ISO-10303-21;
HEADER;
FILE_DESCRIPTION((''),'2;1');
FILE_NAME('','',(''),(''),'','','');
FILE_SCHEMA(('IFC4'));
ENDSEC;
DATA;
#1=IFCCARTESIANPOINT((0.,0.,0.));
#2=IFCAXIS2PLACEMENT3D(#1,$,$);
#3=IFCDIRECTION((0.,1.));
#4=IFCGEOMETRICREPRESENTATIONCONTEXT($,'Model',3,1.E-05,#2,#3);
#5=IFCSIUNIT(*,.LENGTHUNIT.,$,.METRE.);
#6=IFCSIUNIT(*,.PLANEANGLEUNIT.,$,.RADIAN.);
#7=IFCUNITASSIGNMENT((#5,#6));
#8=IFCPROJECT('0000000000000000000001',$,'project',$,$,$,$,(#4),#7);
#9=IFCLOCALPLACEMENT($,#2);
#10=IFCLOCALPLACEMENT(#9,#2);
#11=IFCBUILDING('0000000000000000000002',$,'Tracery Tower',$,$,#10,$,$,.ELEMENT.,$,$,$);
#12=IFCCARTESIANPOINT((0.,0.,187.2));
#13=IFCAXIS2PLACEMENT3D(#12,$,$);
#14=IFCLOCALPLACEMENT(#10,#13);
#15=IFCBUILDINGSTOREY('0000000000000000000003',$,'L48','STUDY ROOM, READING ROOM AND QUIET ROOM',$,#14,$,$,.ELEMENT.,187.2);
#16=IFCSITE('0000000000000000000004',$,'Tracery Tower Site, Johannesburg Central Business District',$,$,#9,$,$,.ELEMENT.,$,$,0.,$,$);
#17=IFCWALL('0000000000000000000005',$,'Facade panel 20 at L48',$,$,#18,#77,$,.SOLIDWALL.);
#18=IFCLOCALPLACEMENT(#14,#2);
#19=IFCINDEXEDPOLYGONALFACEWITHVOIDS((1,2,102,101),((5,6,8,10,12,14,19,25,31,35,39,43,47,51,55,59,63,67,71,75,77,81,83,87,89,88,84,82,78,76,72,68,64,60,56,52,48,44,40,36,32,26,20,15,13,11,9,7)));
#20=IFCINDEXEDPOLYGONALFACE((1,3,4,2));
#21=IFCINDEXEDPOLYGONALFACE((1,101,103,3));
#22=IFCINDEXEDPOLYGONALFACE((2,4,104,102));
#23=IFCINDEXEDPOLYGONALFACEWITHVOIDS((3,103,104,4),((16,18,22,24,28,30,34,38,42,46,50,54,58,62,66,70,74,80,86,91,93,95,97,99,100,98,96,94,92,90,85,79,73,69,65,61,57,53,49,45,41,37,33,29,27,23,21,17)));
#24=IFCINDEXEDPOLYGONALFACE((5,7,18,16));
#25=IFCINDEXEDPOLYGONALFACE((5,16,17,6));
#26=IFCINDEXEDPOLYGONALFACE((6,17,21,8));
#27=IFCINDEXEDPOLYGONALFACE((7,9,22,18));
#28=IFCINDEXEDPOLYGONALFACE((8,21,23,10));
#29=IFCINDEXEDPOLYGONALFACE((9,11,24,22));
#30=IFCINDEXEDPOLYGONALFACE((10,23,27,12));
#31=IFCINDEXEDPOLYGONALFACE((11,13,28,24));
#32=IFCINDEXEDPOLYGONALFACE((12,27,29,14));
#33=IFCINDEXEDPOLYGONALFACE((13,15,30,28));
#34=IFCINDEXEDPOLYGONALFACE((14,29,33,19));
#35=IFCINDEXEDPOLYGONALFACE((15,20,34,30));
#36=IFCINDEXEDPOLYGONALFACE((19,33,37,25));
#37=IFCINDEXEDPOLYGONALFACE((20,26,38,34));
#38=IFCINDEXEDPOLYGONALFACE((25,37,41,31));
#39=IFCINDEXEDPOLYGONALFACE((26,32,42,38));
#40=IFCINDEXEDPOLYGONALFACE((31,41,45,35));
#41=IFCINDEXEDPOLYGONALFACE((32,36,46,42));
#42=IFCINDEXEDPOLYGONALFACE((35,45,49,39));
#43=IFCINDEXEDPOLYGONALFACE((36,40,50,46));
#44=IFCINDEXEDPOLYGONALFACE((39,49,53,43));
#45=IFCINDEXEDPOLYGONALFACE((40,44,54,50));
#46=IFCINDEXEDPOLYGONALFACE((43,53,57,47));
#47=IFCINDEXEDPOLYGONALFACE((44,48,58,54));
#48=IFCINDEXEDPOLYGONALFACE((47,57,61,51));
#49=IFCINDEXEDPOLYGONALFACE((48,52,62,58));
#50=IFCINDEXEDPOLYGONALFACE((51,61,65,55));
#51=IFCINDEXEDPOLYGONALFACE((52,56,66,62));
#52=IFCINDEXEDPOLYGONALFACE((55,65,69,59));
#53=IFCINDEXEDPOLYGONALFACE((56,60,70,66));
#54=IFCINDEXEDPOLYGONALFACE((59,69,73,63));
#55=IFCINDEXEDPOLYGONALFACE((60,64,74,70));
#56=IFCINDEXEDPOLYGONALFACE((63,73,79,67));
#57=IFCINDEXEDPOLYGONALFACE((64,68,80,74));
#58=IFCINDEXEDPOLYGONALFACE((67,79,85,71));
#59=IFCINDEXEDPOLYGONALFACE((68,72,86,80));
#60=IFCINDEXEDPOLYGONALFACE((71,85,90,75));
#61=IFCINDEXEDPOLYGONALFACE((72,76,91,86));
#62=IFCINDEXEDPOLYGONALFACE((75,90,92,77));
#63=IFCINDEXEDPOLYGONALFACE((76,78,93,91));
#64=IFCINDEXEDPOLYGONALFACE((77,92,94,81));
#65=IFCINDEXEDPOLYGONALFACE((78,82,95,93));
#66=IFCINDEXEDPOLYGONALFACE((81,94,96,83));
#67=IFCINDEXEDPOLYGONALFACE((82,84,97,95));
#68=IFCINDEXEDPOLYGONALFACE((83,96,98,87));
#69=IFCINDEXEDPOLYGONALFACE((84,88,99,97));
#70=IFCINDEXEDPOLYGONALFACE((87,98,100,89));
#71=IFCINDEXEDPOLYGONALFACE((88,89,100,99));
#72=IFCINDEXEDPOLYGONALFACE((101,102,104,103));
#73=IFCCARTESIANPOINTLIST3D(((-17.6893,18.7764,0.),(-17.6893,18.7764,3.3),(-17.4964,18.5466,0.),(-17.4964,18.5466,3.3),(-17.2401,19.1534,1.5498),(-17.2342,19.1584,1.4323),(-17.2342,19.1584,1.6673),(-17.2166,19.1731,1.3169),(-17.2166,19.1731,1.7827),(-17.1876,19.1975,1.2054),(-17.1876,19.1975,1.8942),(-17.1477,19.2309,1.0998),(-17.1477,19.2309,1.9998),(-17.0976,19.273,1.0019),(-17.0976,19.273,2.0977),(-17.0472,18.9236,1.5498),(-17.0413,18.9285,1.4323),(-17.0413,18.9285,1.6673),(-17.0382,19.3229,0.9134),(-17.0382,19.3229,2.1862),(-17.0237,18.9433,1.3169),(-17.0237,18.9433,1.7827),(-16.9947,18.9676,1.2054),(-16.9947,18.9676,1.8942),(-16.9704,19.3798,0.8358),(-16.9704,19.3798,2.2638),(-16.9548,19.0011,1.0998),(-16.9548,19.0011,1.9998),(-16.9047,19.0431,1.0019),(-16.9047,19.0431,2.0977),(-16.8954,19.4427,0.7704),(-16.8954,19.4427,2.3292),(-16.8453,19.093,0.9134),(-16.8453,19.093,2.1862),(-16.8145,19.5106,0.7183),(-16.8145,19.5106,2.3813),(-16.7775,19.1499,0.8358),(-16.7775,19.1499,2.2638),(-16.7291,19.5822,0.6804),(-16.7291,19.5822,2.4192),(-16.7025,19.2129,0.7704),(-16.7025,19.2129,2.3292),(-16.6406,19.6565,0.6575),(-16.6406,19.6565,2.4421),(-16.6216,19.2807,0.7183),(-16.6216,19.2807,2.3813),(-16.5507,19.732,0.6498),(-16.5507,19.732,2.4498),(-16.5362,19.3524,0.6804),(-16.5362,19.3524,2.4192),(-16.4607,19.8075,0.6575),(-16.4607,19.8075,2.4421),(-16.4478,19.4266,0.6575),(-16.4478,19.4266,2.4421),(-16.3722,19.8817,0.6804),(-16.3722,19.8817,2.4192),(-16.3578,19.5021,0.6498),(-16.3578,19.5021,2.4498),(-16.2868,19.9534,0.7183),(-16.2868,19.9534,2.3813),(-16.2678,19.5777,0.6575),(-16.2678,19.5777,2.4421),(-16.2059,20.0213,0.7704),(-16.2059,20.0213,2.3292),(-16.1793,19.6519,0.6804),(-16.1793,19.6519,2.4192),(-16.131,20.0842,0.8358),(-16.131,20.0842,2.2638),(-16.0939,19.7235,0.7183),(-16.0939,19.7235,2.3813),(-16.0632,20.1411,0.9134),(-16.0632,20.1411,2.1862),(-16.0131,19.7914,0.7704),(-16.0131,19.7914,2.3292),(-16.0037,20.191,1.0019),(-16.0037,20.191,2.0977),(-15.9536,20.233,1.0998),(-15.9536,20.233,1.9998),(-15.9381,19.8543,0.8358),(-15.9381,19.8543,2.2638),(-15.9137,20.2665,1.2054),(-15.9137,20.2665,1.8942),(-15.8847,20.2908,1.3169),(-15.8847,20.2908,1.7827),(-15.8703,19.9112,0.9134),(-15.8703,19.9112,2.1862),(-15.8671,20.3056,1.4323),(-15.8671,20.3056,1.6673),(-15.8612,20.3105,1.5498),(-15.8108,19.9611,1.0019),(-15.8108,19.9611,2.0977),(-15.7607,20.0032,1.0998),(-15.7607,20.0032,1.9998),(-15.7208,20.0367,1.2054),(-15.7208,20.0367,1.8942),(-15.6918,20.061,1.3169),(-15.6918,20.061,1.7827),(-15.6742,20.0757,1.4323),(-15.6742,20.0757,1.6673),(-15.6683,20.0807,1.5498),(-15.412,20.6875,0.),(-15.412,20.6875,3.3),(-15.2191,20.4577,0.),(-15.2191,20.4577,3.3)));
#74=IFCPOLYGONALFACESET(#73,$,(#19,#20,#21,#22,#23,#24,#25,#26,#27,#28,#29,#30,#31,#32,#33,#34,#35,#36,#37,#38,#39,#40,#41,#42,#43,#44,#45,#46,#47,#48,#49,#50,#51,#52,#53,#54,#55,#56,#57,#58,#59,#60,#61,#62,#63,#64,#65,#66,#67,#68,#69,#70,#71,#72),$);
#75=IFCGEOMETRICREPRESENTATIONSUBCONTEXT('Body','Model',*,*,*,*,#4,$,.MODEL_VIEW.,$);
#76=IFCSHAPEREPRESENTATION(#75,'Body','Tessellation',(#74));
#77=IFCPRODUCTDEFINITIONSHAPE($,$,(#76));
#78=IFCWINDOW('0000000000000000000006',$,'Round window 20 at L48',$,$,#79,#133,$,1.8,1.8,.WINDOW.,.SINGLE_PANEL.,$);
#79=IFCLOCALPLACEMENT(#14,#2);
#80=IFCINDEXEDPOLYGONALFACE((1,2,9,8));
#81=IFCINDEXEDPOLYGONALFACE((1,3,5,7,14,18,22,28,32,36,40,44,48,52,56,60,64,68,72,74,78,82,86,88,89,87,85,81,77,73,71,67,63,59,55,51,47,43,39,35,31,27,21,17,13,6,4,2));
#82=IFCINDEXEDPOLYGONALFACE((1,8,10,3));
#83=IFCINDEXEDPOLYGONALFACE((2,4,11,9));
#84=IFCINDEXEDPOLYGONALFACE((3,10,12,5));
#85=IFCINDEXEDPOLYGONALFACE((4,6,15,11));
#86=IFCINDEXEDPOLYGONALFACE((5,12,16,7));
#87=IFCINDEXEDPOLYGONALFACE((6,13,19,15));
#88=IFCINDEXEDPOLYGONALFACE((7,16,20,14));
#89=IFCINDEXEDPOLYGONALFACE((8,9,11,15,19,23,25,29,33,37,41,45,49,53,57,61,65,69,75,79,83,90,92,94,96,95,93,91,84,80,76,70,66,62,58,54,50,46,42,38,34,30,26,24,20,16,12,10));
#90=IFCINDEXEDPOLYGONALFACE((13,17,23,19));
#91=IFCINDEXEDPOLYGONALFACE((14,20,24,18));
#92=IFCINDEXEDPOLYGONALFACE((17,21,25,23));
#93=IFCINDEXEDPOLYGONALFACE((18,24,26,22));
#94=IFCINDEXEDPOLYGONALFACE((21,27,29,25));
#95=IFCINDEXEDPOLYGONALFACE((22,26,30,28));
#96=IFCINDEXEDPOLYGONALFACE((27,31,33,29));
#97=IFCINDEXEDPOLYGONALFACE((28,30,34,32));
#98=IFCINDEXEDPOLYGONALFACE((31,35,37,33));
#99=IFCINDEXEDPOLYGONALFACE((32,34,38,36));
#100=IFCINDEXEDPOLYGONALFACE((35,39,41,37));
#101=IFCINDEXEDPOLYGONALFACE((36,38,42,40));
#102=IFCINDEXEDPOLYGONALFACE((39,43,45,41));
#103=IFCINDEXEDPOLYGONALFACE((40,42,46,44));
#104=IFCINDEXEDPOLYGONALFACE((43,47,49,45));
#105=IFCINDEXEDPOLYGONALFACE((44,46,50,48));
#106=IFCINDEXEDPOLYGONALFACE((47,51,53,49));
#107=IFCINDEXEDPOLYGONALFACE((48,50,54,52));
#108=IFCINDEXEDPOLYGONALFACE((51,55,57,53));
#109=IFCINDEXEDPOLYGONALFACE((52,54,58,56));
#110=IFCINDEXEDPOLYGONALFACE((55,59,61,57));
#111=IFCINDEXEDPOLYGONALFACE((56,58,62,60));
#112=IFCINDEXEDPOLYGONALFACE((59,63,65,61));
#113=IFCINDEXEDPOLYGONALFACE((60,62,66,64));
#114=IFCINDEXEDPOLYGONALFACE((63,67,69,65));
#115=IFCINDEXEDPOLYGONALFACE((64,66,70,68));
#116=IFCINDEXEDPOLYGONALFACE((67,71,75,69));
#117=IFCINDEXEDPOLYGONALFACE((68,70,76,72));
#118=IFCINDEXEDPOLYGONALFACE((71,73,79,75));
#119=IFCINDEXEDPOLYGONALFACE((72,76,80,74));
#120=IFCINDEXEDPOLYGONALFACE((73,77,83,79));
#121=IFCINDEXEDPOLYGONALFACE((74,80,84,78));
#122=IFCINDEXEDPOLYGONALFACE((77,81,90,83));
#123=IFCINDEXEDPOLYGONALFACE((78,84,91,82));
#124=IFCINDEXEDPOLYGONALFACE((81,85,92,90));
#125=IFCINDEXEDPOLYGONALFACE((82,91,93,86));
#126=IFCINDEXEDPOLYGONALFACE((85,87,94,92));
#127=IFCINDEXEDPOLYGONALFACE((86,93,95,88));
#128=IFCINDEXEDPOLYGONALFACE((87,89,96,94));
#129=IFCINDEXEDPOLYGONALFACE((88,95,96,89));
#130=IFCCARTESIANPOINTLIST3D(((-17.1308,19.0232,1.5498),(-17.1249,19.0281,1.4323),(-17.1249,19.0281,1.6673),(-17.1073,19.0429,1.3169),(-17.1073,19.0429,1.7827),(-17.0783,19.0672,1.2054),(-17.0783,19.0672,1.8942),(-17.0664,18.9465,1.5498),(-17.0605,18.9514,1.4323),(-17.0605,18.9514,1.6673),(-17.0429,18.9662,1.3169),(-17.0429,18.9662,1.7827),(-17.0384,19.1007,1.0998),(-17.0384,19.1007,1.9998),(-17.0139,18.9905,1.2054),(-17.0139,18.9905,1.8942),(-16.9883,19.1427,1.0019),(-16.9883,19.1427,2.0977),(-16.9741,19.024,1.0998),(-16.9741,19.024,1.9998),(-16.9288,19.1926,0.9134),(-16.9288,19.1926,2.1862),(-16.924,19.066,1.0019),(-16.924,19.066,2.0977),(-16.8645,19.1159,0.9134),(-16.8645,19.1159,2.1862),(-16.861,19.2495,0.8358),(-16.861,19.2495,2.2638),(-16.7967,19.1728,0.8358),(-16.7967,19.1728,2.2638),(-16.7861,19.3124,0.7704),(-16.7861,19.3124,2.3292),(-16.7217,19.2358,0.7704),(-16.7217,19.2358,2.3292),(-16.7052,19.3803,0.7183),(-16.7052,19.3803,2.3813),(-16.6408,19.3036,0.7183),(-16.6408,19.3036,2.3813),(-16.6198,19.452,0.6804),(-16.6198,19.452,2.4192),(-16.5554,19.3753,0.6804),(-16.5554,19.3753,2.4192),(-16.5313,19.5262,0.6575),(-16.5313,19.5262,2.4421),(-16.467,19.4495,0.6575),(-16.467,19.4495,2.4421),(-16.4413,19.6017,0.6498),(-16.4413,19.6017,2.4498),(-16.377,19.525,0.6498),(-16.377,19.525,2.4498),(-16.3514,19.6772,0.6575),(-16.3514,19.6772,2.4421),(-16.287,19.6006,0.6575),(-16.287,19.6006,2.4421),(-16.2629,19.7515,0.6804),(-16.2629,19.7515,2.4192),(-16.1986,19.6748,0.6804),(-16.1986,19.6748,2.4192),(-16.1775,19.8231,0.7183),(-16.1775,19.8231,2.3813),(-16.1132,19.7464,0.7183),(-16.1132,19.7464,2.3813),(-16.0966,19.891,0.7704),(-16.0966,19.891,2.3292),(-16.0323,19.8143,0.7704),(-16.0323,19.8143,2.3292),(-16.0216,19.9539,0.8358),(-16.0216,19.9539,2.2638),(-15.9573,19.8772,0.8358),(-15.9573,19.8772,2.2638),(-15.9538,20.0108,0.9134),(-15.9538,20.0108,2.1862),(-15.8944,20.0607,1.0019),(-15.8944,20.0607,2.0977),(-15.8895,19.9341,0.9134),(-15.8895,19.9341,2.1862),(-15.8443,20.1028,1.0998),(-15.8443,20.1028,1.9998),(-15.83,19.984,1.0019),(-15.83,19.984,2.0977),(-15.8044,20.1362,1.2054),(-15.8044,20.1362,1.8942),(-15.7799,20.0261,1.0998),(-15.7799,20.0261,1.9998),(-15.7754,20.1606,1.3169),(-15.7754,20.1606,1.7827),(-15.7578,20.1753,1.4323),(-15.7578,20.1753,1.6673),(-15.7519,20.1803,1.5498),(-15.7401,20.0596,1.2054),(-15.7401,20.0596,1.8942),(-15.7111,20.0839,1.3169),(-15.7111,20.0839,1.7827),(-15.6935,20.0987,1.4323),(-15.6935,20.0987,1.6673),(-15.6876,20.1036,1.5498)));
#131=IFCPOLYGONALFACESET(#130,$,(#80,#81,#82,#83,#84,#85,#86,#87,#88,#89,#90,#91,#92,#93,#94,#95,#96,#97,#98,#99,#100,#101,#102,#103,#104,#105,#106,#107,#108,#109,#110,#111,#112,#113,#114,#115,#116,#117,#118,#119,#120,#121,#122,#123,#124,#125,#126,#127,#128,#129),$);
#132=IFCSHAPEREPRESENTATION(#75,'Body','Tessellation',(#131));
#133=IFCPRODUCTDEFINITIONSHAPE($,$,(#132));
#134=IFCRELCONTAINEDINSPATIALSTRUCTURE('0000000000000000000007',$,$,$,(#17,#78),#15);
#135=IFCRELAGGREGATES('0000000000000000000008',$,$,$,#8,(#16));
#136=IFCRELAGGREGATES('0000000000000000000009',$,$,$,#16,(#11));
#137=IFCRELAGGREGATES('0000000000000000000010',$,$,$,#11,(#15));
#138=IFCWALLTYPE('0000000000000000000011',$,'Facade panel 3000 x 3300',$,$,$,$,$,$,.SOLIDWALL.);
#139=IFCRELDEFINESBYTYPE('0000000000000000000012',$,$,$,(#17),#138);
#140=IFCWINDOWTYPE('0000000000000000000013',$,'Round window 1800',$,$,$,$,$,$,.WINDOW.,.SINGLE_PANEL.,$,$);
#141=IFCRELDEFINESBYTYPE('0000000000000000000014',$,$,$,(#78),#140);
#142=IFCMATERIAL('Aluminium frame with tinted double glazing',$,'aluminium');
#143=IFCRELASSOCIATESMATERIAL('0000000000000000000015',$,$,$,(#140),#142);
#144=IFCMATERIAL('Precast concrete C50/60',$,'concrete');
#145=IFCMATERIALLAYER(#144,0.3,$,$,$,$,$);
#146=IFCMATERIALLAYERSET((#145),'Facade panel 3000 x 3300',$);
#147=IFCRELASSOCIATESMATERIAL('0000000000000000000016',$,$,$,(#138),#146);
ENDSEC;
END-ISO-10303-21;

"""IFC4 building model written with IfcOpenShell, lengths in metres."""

from ifc_helpers import new_model, si_unit, direction, frame, frame_2d, origin, origin_2d, place, context, subcontext, project, spatial, rectangle, circle, extrude, material, layer, layer_set, type_object, element, fill, save


model = new_model("IFC4")

# Units and contexts
model_context = context("Model", 3, precision=1e-05, world=origin(), true_north=direction((0.0, 1.0)))
body_context = subcontext(model_context, "Body", "Model", "MODEL_VIEW")
ifc_project = project(units=[si_unit("LENGTHUNIT", "METRE"), si_unit("PLANEANGLEUNIT", "RADIAN")], contexts=[model_context])

# Site, building, storey
site_placement = place(None, origin())
site = spatial("IfcSite", under=ifc_project, at=site_placement, Name="Tracery Tower Site, Johannesburg Central Business District", CompositionType="ELEMENT", RefElevation=0.0)
building_placement = place(site_placement, origin())
building = spatial("IfcBuilding", under=site, at=building_placement, Name="Tracery Tower", CompositionType="ELEMENT")
storey_placement = place(building_placement, frame((0.0, 0.0, 187.2)))
storey = spatial("IfcBuildingStorey", under=building, at=storey_placement, Name="L48", Description="STUDY ROOM, READING ROOM AND QUIET ROOM", CompositionType="ELEMENT", Elevation=187.2)

# Wall, opening, window
ifc_material_1 = material(Name="Aluminium frame with tinted double glazing", Category="aluminium")
window_type = type_object("IfcWindowType", Name="Round window 1800", PartitioningType="SINGLE_PANEL", PredefinedType="WINDOW", material=ifc_material_1)
ifc_material_2 = material(Name="Precast concrete C50/60", Category="concrete")
ifc_layer_1 = layer(ifc_material_2, 0.3)
ifc_layer_set_1 = layer_set([ifc_layer_1], Name="Facade panel 3000 x 3300")
wall_type_1 = type_object("IfcWallType", Name="Facade panel 3000 x 3300", PredefinedType="SOLIDWALL", material=ifc_layer_set_1)
wall_1_placement = place(storey_placement, frame((-15.3157, 20.5725, 0.0), z_axis=(0.0, 0.0, 1.0), x_axis=(-0.766009, -0.64283, 0.0)))
wall_1 = element("IfcWall", 1, at=wall_1_placement, inside=storey, type_object=wall_type_1, Name="Facade panel 20 at L48", PredefinedType="SOLIDWALL", context=body_context, shape_type="SweptSolid", body=[
    extrude(rectangle(XDim=2.9729, YDim=0.3, at=frame_2d((1.4863, 0.0))), origin(), (0.0, 0.0, 1.0), 3.3),
])
opening_1_placement = place(wall_1_placement, frame((1.4863, 0.0, 1.5498)))
opening_1 = element("IfcOpeningElement", 2, at=opening_1_placement, cuts=wall_1, PredefinedType="OPENING", context=body_context, shape_type="SweptSolid", body=[
    extrude(circle(Radius=0.9, at=origin_2d()), frame((0.0, 0.1599, 0.0), z_axis=(0.0, -1.0, 0.0), x_axis=(1.0, 0.0, 0.0)), (0.0, 0.0, 1.0), 0.3201),
])
window_1_placement = place(opening_1_placement, origin())
window_1 = element("IfcWindow", 3, at=window_1_placement, inside=storey, type_object=window_type, Name="Round window 20 at L48", OverallHeight=1.8, OverallWidth=1.8, PartitioningType="SINGLE_PANEL", PredefinedType="WINDOW", context=body_context, shape_type="SweptSolid", body=[
    extrude(circle(Radius=0.9, at=origin_2d()), frame((0.0, 0.1201, 0.0), z_axis=(0.0, -1.0, 0.0), x_axis=(1.0, 0.0, 0.0)), (0.0, 0.0, 1.0), 0.1001),
])
fill(opening_1, window_1)

save(model, "model.ifc")
